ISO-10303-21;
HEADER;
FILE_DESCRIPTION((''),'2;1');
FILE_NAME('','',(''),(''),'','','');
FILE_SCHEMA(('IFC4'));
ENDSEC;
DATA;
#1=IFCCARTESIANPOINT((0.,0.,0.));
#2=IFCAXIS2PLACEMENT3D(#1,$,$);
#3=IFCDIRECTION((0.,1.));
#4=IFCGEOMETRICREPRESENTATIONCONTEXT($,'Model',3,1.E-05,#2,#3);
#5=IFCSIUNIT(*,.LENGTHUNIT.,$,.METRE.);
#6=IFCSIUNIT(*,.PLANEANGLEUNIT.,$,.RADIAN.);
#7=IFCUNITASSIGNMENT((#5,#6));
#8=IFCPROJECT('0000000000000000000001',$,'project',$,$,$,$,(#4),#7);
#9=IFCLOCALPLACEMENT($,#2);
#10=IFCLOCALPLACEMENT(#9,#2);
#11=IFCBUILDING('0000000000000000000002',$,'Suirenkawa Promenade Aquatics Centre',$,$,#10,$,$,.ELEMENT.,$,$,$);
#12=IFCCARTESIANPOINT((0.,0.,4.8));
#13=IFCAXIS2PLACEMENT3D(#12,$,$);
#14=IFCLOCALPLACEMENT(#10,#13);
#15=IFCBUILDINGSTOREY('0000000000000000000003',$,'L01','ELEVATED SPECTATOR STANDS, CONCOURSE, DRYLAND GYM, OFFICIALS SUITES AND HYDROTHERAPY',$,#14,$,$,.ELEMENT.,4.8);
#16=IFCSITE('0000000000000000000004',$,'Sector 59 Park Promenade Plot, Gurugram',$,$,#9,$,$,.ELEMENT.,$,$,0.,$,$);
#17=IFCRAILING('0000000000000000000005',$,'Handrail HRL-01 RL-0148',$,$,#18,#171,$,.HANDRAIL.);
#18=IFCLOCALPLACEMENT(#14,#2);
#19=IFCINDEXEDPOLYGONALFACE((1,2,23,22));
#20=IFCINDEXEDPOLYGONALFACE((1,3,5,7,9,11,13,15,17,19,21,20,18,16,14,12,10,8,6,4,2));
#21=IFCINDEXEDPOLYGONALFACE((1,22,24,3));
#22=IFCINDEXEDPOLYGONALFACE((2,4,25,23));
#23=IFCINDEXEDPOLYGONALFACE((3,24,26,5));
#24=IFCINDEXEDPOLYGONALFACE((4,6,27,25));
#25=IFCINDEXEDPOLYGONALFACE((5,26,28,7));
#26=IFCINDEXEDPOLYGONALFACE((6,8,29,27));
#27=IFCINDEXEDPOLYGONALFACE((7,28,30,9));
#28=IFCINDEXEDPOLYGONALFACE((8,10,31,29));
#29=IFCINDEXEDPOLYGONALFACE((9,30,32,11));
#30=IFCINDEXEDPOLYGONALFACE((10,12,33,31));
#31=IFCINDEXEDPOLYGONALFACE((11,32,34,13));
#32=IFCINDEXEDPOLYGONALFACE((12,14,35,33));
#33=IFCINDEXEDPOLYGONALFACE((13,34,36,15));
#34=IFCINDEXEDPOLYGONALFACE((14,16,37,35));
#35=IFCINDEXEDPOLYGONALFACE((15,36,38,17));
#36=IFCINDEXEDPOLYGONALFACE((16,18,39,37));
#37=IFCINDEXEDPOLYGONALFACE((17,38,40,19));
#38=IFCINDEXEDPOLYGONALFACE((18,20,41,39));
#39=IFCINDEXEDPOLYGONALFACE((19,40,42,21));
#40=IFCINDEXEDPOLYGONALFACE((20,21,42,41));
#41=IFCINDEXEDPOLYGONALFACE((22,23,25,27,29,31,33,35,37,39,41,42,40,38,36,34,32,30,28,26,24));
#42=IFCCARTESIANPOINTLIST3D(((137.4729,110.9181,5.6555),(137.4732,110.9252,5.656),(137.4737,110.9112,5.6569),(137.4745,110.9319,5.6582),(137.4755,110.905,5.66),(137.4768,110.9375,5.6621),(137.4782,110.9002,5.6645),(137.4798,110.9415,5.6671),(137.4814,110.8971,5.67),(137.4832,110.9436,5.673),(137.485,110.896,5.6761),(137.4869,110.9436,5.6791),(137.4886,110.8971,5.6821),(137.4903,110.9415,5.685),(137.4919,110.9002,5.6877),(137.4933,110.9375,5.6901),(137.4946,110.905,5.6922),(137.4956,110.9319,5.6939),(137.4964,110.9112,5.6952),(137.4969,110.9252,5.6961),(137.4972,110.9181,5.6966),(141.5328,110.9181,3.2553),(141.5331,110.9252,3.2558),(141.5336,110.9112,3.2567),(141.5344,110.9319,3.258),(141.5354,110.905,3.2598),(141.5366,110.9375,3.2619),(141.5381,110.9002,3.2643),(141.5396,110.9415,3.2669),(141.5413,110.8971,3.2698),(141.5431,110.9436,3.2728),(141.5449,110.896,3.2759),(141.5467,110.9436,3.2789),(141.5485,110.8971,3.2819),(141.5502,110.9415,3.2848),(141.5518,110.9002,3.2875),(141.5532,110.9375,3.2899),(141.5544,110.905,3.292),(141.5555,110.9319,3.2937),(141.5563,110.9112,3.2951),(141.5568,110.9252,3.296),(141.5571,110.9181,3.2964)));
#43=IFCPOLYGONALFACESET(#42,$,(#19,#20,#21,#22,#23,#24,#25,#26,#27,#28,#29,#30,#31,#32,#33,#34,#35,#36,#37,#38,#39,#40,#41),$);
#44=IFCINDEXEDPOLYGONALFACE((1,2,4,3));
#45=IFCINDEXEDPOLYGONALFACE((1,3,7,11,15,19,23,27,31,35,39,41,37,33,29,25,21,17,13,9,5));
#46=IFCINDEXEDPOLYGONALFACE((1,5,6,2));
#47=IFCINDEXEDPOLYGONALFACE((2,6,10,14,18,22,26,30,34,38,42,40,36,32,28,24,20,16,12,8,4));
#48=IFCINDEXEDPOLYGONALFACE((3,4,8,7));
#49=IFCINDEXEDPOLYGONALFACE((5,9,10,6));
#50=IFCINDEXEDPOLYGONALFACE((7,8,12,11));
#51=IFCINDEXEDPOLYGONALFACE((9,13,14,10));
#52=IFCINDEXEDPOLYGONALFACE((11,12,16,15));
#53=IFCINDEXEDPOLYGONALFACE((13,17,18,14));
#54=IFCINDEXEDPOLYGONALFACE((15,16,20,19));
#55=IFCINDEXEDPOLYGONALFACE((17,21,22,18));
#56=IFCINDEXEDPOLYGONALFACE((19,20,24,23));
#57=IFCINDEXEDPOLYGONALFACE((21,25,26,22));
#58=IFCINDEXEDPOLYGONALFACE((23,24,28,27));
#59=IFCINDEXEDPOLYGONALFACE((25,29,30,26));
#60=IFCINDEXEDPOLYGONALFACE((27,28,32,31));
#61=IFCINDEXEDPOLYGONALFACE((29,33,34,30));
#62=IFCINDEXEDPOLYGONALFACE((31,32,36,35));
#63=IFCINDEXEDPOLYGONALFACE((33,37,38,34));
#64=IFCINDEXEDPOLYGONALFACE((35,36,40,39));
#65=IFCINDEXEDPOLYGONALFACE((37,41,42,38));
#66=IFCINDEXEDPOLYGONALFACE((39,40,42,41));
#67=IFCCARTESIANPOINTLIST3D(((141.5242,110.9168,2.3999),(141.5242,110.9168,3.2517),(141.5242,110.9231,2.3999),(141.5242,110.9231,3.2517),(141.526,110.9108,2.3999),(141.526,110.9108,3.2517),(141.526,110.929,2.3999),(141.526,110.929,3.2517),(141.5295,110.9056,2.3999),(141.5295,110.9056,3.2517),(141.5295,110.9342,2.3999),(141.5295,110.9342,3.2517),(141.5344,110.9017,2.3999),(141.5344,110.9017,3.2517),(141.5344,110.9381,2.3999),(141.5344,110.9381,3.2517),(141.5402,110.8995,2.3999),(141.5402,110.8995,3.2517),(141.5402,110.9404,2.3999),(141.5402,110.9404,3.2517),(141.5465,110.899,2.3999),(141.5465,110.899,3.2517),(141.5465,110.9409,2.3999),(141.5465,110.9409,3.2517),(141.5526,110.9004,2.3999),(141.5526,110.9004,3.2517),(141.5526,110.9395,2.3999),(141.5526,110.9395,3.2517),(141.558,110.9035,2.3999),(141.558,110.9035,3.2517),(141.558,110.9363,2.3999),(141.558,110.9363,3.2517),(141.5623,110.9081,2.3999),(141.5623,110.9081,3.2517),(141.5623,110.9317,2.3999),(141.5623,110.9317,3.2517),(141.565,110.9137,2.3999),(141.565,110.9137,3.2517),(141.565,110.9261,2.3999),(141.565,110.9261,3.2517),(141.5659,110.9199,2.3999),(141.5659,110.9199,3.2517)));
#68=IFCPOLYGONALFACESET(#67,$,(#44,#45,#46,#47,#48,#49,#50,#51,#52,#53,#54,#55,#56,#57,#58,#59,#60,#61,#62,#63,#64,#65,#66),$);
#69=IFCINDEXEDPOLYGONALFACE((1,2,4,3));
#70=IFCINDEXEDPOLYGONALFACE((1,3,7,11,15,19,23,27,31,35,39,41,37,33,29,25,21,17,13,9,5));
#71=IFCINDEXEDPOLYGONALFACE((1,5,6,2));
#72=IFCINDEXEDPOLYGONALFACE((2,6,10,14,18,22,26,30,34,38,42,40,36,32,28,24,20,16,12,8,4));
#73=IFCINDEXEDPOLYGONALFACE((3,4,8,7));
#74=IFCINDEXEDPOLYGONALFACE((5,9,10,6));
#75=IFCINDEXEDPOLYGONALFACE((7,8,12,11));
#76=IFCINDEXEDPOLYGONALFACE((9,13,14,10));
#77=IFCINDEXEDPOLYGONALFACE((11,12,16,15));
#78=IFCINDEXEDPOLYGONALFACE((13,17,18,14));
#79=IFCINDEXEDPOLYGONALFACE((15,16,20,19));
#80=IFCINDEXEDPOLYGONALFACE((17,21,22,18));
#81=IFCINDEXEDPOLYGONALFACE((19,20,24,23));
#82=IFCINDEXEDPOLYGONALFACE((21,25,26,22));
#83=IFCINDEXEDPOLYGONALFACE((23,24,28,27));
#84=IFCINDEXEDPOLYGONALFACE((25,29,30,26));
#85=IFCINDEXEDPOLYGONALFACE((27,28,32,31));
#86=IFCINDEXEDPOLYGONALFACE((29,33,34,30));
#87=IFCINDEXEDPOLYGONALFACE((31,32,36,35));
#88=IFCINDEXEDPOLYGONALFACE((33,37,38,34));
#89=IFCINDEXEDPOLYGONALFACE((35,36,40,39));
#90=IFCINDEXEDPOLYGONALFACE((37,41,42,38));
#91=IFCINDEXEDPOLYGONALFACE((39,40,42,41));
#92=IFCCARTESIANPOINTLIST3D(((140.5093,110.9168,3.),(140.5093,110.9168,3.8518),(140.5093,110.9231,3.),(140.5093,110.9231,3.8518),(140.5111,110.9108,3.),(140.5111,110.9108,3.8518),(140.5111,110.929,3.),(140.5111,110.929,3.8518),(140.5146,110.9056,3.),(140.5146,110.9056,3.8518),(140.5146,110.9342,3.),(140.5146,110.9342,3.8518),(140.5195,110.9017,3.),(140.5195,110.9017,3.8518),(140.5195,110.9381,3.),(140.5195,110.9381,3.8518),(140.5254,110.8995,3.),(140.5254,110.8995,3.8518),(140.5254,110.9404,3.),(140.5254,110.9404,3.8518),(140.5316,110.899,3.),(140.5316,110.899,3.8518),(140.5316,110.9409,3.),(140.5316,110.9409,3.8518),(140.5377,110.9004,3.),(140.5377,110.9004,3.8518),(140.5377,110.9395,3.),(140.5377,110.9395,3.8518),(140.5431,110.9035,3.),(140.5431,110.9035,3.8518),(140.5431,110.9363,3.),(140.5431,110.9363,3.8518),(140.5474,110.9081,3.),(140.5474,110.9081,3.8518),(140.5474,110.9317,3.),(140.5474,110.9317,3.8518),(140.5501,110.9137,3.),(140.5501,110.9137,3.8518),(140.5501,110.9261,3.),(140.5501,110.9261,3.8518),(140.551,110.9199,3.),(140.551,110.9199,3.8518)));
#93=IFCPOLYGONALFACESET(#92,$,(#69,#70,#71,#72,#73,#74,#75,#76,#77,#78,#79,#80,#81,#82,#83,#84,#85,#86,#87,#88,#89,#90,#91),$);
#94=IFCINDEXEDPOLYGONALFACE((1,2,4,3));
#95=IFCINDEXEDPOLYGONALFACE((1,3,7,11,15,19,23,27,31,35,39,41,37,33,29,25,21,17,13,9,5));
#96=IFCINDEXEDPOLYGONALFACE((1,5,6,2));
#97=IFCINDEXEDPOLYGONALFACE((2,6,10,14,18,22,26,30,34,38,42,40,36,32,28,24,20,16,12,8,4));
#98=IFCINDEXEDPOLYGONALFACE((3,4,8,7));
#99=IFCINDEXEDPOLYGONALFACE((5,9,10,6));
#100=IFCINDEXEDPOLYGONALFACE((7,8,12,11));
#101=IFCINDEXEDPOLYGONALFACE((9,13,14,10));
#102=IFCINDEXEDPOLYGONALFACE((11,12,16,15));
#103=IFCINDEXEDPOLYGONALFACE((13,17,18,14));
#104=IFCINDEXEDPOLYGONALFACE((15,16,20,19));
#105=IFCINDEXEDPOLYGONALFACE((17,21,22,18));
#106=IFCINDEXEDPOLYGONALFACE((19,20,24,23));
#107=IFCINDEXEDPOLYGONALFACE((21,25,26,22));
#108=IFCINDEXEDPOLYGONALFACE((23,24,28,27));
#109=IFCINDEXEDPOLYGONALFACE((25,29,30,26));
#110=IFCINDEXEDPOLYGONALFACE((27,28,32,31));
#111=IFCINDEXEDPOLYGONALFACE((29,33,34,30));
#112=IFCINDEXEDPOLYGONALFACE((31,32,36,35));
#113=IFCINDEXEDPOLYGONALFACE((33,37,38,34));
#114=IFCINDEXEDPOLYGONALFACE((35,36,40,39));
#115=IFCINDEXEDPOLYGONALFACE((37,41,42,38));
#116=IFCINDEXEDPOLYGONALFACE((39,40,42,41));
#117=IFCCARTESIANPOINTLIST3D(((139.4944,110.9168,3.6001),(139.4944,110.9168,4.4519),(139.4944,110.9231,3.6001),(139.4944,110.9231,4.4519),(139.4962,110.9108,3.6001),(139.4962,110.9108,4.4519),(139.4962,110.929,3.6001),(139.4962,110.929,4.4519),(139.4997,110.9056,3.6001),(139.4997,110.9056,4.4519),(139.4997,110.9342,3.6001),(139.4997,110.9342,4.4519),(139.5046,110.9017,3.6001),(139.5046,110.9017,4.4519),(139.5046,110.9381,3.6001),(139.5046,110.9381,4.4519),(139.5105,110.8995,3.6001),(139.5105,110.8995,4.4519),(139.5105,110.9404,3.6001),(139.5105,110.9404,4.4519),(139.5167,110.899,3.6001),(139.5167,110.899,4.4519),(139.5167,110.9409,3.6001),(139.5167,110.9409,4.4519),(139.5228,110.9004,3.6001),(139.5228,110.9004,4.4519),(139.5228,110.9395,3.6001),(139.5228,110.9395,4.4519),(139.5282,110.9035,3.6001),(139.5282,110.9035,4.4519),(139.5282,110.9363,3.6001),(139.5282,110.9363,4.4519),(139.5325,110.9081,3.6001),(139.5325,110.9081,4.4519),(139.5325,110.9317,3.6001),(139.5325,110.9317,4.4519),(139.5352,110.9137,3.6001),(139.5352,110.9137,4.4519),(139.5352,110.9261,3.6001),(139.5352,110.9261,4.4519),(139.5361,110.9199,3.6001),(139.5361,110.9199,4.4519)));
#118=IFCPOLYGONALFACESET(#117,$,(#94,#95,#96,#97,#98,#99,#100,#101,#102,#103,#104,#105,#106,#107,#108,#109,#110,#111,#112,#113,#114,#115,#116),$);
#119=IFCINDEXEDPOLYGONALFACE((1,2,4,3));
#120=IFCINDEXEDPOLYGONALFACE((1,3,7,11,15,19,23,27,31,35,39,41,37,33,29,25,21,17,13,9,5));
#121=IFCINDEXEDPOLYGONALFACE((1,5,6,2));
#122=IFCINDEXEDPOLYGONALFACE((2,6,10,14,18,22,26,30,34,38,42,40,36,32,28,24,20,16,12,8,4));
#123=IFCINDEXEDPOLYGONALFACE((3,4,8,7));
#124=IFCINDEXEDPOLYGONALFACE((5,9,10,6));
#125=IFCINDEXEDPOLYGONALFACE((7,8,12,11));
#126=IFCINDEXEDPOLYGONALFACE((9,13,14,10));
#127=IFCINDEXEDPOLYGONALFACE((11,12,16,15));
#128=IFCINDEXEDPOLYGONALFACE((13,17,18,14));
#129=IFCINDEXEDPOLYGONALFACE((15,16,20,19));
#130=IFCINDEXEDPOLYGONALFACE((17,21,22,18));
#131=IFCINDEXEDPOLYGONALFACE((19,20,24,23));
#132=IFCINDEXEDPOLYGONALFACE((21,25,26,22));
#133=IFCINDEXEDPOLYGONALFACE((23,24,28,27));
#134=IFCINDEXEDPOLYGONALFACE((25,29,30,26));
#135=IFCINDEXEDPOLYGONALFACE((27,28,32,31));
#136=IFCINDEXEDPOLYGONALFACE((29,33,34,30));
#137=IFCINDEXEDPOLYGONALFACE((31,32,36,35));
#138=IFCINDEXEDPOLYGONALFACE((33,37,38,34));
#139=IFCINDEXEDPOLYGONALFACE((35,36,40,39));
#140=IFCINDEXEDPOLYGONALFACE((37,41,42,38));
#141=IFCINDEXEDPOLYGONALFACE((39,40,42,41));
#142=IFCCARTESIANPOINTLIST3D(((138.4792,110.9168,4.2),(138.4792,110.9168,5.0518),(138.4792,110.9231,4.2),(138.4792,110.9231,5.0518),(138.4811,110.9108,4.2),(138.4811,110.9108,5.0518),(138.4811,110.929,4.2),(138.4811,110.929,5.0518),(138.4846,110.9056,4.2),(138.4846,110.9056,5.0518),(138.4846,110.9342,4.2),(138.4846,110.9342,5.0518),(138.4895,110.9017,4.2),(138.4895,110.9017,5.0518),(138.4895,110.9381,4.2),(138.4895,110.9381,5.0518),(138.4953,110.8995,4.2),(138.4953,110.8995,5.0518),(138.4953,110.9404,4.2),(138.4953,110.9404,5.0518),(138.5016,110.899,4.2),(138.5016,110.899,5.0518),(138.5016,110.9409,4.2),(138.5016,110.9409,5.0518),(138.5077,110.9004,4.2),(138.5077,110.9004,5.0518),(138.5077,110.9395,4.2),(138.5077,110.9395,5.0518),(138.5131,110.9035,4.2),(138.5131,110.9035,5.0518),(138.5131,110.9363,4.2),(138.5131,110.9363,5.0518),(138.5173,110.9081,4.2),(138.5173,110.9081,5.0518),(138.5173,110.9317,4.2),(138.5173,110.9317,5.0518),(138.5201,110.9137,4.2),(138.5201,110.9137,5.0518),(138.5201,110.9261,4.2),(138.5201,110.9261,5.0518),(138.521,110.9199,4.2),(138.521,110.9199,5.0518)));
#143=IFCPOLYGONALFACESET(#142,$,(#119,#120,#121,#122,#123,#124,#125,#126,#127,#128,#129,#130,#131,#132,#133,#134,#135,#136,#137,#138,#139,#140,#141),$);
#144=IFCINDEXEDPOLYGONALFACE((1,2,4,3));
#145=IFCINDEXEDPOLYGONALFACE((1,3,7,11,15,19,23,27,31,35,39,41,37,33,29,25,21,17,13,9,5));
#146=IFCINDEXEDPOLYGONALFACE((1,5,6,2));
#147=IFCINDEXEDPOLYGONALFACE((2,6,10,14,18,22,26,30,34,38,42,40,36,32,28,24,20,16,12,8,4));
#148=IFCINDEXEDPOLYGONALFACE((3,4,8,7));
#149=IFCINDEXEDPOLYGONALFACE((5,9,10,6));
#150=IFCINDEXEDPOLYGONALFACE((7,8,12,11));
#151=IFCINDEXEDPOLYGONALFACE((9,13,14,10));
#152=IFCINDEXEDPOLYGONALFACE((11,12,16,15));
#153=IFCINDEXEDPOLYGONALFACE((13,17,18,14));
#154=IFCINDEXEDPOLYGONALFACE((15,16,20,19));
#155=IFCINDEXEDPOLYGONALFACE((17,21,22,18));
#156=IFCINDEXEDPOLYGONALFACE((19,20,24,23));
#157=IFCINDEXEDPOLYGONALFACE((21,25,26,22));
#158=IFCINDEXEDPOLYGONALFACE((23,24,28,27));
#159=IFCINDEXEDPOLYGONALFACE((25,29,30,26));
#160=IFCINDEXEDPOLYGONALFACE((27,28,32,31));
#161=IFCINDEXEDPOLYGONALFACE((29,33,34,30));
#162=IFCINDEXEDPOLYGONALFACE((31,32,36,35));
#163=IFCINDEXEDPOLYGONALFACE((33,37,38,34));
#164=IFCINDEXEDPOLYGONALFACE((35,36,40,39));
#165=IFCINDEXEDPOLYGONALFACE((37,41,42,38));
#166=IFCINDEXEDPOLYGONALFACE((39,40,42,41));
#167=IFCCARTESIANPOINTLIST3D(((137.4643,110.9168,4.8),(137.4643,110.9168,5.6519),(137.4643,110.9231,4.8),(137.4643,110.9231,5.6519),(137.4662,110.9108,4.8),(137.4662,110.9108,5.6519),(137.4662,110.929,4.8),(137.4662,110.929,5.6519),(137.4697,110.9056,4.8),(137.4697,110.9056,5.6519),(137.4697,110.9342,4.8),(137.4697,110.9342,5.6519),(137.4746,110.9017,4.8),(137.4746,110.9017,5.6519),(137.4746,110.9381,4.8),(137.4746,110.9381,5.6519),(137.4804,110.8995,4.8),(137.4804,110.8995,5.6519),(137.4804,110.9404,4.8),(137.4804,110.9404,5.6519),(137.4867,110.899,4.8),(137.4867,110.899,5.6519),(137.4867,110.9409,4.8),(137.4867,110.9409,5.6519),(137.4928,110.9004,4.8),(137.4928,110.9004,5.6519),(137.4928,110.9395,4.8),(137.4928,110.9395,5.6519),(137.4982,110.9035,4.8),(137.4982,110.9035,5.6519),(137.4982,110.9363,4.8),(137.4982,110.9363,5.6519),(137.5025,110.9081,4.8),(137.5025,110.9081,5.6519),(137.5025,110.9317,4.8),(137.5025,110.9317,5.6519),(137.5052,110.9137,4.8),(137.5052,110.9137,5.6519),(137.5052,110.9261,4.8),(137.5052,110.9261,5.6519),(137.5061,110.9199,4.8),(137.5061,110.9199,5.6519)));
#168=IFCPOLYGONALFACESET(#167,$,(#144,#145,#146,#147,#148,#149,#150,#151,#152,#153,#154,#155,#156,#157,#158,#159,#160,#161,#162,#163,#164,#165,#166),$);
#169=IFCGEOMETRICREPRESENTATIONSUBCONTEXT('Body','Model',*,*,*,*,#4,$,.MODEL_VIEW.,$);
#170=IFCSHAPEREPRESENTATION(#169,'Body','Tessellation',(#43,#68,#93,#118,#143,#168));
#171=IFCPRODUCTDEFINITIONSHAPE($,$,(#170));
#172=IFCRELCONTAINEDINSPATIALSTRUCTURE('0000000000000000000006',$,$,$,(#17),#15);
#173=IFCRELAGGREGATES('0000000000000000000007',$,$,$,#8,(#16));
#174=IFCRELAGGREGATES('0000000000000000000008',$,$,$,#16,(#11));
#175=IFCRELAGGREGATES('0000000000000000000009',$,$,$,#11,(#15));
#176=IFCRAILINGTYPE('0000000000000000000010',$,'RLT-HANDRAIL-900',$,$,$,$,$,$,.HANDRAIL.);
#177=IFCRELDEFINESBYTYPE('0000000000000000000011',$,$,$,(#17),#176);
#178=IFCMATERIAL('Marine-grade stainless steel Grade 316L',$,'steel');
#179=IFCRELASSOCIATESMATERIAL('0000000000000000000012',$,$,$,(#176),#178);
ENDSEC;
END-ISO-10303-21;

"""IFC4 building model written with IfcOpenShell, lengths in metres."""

from ifc_helpers import new_model, si_unit, direction, frame, origin, origin_2d, place, context, subcontext, project, spatial, circle, extrude, material, type_object, element, save


model = new_model("IFC4")

# Units and contexts
model_context = context("Model", 3, precision=1e-05, world=origin(), true_north=direction((0.0, 1.0)))
body_context = subcontext(model_context, "Body", "Model", "MODEL_VIEW")
ifc_project = project(units=[si_unit("LENGTHUNIT", "METRE"), si_unit("PLANEANGLEUNIT", "RADIAN")], contexts=[model_context])

# Site, building, storey
site_placement = place(None, origin())
site = spatial("IfcSite", under=ifc_project, at=site_placement, Name="Sector 59 Park Promenade Plot, Gurugram", CompositionType="ELEMENT", RefElevation=0.0)
building_placement = place(site_placement, origin())
building = spatial("IfcBuilding", under=site, at=building_placement, Name="Suirenkawa Promenade Aquatics Centre", CompositionType="ELEMENT")
storey_placement = place(building_placement, frame((0.0, 0.0, 4.8)))
storey = spatial("IfcBuildingStorey", under=building, at=storey_placement, Name="L01", Description="ELEVATED SPECTATOR STANDS, CONCOURSE, DRYLAND GYM, OFFICIALS SUITES AND HYDROTHERAPY", CompositionType="ELEMENT", Elevation=4.8)

# Railing
ifc_material_1 = material(Name="Marine-grade stainless steel Grade 316L", Category="steel")
railing_type_1 = type_object("IfcRailingType", Name="RLT-HANDRAIL-900", PredefinedType="HANDRAIL", material=ifc_material_1)
for number, where, name in (
    (1, (141.5449, 110.9199, 2.3999), "Handrail HRL-01 RL-0148"),
):
    element("IfcRailing", number, at=place(storey_placement, frame(where)), inside=storey, type_object=railing_type_1, Name=name, PredefinedType="HANDRAIL", context=body_context, shape_type="SweptSolid", body=[
        extrude(circle(Radius=0.0239, at=origin_2d()), frame((0.0, 0.0, 0.876), z_axis=(-0.860818, 0.0, 0.508912), x_axis=(0.0, -1.0, 0.0)), (0.0, 0.0, 1.0), 4.7163),
        extrude(circle(Radius=0.021, at=origin_2d()), origin(), (0.0, 0.0, 1.0), 0.8518),
        extrude(circle(Radius=0.021, at=origin_2d()), frame((-1.0149, 0.0, 0.6001)), (0.0, 0.0, 1.0), 0.8518),
        extrude(circle(Radius=0.021, at=origin_2d()), frame((-2.0298, 0.0, 1.2002)), (0.0, 0.0, 1.0), 0.8518),
        extrude(circle(Radius=0.021, at=origin_2d()), frame((-3.0449, 0.0, 1.8)), (0.0, 0.0, 1.0), 0.8518),
        extrude(circle(Radius=0.021, at=origin_2d()), frame((-4.0598, 0.0, 2.4001)), (0.0, 0.0, 1.0), 0.8518),
    ])

save(model, "model.ifc")
